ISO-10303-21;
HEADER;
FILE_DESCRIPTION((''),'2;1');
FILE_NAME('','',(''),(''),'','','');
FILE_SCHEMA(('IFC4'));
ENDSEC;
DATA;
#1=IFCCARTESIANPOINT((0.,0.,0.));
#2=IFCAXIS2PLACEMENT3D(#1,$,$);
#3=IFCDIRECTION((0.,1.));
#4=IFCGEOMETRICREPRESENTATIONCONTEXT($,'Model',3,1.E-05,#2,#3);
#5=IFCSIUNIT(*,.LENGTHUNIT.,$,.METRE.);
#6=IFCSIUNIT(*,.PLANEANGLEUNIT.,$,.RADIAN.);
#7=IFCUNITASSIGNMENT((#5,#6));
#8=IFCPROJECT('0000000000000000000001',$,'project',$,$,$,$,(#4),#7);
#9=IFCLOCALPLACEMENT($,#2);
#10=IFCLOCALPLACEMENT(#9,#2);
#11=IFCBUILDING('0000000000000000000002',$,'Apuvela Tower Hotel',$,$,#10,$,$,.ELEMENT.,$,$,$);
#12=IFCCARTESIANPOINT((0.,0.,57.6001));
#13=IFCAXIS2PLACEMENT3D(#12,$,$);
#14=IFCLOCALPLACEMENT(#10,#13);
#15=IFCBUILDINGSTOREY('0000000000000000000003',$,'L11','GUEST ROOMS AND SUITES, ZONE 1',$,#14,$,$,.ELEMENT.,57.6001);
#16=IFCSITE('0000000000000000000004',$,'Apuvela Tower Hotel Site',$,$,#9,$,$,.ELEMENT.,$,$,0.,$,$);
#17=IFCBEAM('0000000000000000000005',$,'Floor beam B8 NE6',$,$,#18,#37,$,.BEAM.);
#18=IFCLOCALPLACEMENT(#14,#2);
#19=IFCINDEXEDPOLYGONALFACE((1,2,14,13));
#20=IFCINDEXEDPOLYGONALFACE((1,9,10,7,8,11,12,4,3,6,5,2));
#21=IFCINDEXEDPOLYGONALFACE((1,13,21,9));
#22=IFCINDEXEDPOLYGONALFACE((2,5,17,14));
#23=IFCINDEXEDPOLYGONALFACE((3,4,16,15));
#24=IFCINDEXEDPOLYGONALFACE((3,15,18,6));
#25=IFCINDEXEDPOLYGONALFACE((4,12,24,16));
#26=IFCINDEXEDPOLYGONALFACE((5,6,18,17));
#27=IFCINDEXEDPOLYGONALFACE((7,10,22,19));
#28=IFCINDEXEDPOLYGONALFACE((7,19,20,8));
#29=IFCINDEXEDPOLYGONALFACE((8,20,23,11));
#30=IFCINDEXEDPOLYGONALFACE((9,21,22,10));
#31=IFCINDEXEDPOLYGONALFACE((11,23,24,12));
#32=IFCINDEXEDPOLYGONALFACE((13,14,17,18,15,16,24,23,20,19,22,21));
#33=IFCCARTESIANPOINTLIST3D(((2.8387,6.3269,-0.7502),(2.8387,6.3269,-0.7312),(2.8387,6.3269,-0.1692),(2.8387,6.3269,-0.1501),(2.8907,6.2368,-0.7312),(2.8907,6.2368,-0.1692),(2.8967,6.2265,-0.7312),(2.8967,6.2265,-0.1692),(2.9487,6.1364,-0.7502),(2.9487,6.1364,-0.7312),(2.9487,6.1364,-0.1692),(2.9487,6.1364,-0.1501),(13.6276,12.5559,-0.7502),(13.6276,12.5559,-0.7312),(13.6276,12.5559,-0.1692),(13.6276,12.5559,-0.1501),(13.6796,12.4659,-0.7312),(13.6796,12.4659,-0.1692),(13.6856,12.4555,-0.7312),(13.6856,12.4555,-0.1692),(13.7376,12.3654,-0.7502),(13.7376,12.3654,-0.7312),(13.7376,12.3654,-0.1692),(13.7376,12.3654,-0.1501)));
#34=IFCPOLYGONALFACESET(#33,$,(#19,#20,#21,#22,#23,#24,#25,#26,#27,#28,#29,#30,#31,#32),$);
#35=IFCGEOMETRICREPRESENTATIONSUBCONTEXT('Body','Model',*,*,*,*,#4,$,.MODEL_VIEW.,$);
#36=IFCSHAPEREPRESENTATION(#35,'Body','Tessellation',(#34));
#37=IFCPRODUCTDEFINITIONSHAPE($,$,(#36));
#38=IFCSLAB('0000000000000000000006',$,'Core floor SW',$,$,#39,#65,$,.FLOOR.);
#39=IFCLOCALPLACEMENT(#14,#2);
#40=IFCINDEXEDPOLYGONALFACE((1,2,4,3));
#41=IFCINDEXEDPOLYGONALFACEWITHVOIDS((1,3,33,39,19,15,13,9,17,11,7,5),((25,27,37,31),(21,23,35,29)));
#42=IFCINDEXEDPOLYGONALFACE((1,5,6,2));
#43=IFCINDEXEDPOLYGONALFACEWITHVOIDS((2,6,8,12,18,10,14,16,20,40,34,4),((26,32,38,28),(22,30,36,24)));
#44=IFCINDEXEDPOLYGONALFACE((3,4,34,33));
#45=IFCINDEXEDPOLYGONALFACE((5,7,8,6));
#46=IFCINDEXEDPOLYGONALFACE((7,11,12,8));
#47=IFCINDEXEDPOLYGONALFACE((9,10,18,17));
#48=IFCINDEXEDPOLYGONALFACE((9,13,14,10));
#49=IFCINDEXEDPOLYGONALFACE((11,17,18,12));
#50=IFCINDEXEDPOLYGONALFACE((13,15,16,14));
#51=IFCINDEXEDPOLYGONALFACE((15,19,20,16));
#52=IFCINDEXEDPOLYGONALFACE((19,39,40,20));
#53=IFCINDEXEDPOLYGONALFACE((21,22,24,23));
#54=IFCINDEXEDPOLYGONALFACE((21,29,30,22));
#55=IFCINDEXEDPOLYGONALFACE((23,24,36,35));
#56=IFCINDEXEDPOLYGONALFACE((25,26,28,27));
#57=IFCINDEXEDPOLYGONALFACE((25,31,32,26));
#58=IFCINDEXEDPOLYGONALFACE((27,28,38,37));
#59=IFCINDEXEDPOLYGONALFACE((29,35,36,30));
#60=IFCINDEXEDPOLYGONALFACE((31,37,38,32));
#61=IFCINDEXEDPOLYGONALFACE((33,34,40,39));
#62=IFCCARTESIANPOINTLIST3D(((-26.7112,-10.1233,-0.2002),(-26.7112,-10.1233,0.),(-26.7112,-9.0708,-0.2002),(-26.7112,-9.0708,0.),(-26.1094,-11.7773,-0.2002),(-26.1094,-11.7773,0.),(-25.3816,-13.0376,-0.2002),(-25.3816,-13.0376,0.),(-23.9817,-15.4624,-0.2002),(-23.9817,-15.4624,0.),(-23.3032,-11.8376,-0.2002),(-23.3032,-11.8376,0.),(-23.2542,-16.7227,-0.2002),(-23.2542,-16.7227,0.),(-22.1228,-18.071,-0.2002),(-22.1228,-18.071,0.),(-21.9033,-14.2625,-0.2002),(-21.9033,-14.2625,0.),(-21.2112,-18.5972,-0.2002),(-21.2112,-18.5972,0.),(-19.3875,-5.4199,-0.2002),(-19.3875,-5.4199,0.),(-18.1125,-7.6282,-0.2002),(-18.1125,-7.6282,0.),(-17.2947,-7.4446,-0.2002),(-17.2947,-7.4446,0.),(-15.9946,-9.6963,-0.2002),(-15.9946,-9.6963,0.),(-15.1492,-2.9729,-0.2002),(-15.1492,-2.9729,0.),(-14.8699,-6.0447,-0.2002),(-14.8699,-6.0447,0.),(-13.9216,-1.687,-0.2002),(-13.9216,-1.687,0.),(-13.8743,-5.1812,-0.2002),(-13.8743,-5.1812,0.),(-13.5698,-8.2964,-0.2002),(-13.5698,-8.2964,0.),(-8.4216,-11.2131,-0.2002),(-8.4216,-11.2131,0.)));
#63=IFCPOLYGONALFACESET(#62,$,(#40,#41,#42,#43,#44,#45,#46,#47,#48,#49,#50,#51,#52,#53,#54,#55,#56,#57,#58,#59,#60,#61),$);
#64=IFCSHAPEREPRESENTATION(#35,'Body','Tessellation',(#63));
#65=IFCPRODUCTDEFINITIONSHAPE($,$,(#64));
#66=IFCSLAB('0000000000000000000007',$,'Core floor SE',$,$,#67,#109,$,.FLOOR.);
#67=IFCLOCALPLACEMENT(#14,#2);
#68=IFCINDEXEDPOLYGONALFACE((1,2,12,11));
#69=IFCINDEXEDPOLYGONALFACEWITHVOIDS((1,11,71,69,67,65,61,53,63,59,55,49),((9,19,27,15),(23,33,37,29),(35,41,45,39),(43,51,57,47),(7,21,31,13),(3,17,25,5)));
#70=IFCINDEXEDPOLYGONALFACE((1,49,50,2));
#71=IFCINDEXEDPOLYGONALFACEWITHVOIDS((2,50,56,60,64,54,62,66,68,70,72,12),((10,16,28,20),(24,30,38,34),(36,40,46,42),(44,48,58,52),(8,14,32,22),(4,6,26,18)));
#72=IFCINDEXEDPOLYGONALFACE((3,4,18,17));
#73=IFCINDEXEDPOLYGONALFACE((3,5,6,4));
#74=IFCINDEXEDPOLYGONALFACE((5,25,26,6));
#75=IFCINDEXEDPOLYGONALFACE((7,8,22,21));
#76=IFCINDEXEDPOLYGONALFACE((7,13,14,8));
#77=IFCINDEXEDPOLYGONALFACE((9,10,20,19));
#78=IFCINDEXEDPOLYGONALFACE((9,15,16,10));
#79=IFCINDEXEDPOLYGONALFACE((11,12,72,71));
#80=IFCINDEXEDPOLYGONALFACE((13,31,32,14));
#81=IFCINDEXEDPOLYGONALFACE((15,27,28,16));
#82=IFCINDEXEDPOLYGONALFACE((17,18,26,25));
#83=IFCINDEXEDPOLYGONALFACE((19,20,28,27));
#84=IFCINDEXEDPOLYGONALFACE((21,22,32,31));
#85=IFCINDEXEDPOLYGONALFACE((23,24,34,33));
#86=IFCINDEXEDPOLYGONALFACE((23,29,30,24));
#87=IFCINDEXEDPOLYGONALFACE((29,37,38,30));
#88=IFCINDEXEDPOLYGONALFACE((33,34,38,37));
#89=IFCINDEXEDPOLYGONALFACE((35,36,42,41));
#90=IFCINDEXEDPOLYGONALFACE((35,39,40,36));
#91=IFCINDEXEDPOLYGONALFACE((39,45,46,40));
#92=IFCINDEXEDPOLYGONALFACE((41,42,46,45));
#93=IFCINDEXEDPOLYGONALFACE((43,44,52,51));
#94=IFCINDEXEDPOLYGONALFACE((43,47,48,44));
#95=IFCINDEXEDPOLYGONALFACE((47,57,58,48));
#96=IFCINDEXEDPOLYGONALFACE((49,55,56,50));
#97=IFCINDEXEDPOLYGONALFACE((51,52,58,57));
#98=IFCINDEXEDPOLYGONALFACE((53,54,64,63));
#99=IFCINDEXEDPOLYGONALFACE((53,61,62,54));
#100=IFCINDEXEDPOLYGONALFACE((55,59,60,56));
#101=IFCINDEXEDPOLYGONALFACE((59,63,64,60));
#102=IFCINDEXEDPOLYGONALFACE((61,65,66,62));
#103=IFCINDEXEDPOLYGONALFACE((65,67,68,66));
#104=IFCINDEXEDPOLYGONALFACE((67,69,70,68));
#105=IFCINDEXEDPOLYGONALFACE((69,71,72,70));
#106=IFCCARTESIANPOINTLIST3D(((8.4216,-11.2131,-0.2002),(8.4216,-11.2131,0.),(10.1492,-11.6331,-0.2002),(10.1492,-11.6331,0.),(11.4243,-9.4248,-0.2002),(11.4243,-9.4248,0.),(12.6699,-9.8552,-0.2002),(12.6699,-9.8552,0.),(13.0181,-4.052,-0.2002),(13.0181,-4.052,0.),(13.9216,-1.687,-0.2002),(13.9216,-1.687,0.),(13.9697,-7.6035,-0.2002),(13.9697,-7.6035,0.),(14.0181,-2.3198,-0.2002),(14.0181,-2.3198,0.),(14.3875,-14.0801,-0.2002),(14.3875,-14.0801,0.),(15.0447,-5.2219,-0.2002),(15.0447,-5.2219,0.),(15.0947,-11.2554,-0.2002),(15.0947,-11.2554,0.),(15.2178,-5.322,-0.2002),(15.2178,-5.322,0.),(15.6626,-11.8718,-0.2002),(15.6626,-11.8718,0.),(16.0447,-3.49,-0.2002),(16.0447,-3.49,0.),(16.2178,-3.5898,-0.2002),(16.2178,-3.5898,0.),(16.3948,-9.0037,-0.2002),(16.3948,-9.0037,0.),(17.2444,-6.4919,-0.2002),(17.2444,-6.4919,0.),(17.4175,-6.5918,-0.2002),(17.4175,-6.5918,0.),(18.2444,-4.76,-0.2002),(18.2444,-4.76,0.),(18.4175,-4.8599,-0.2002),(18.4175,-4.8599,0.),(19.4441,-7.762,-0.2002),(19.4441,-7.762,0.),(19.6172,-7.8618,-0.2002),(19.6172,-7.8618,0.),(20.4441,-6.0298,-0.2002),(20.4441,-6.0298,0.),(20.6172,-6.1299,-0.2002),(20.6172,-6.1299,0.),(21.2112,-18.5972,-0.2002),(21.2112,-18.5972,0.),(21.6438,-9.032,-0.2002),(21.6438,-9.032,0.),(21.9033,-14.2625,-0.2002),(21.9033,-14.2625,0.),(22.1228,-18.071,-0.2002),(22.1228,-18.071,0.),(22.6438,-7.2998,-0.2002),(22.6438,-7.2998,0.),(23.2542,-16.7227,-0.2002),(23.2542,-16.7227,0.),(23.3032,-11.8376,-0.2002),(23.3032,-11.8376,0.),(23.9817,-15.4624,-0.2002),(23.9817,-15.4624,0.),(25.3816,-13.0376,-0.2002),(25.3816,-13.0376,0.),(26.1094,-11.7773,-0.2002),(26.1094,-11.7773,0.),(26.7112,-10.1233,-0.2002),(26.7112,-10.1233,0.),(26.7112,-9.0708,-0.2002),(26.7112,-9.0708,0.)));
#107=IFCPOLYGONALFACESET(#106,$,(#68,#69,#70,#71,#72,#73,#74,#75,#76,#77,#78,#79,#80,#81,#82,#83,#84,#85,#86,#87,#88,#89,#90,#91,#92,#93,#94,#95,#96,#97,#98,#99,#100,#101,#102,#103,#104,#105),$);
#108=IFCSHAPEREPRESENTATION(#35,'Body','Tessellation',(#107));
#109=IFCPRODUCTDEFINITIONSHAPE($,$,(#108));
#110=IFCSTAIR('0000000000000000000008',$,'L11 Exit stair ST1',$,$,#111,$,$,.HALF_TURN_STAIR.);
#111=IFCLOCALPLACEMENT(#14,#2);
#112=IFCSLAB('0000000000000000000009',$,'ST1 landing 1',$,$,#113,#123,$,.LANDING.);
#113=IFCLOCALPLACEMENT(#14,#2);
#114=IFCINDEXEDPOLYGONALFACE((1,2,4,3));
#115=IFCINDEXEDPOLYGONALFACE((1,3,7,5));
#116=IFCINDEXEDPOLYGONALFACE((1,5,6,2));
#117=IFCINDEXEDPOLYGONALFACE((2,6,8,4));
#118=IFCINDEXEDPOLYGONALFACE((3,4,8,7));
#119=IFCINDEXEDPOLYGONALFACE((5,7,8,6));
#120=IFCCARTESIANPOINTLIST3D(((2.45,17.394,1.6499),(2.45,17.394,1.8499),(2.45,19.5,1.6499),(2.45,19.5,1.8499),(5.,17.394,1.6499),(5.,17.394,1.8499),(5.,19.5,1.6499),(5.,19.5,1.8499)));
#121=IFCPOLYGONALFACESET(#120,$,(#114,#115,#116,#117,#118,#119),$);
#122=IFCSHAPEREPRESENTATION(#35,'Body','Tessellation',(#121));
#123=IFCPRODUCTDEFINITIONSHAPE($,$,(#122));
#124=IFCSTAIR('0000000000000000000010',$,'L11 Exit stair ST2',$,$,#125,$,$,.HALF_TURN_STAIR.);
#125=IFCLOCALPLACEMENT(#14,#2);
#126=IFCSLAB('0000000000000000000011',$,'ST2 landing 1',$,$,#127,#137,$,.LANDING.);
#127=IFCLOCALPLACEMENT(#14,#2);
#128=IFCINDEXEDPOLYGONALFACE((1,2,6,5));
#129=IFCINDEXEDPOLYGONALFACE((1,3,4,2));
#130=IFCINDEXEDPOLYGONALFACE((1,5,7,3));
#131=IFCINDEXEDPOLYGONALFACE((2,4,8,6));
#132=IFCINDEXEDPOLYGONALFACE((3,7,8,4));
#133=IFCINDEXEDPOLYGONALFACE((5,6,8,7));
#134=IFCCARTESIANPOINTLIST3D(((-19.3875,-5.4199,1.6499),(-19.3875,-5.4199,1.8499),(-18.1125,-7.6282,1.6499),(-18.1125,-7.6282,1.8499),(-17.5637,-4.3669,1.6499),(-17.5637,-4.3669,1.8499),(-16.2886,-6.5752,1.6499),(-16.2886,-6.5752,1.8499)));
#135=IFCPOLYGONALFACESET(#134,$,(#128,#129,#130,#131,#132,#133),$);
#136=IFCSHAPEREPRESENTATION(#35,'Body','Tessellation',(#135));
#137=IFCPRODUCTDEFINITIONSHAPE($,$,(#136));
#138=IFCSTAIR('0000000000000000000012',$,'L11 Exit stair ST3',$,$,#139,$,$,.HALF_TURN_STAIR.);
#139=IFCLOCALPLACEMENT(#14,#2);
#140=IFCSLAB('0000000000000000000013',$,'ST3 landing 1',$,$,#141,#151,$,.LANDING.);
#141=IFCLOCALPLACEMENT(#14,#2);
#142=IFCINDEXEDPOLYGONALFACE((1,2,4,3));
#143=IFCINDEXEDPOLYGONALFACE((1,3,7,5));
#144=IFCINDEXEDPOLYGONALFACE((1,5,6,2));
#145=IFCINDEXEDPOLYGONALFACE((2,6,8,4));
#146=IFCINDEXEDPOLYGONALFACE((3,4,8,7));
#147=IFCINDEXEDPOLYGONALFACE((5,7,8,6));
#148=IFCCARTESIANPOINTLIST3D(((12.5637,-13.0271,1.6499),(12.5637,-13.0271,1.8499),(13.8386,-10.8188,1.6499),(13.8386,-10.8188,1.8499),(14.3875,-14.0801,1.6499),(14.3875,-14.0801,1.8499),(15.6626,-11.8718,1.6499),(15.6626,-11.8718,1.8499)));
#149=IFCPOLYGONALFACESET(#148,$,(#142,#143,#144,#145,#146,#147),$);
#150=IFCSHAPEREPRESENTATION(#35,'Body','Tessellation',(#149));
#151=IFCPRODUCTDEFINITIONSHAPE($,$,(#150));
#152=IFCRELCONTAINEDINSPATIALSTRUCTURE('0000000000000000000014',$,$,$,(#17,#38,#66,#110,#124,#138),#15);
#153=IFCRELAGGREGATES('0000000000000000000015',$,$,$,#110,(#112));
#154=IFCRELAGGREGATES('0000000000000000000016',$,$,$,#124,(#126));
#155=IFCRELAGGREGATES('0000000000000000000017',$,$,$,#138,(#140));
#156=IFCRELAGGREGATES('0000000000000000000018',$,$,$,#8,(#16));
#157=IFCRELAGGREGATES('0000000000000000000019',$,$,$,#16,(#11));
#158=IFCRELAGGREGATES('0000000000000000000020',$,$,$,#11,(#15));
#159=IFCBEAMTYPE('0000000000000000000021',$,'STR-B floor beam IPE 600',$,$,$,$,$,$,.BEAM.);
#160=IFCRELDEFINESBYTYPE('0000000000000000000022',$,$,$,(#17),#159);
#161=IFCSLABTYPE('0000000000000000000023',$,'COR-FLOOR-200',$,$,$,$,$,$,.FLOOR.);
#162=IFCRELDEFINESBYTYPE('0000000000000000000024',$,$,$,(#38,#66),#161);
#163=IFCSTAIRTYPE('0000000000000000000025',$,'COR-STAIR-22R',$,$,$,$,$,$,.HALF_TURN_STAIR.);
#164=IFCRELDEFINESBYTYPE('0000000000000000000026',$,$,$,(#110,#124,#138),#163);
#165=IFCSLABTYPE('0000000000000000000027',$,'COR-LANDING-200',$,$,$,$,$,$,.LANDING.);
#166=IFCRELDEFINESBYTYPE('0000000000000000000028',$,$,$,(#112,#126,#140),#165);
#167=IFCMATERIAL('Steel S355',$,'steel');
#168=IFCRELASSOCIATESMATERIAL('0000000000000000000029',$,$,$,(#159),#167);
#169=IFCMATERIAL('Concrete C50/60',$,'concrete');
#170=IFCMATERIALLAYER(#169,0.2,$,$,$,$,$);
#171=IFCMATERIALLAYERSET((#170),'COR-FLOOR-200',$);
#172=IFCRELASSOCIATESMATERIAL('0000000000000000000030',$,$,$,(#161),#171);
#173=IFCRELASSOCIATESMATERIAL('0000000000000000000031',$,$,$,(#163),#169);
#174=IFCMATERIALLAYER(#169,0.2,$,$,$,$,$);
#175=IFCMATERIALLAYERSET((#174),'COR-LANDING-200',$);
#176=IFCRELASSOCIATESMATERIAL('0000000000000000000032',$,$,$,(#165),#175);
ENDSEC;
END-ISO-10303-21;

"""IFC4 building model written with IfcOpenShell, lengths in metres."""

from ifc_helpers import new_model, si_unit, direction, frame, origin, origin_2d, place, context, subcontext, project, spatial, polyline, i_section, outline, extrude, material, layer, layer_set, material_profile, profile_set, type_object, element, aggregate, save


model = new_model("IFC4")

# Units and contexts
model_context = context("Model", 3, precision=1e-05, world=origin(), true_north=direction((0.0, 1.0)))
body_context = subcontext(model_context, "Body", "Model", "MODEL_VIEW")
ifc_project = project(units=[si_unit("LENGTHUNIT", "METRE"), si_unit("PLANEANGLEUNIT", "RADIAN")], contexts=[model_context])

# Site, building, storey
site_placement = place(None, origin())
site = spatial("IfcSite", under=ifc_project, at=site_placement, Name="Apuvela Tower Hotel Site", CompositionType="ELEMENT", RefElevation=0.0)
building_placement = place(site_placement, origin())
building = spatial("IfcBuilding", under=site, at=building_placement, Name="Apuvela Tower Hotel", CompositionType="ELEMENT")
storey_placement = place(building_placement, frame((0.0, 0.0, 57.6001)))
storey = spatial("IfcBuildingStorey", under=building, at=storey_placement, Name="L11", Description="GUEST ROOMS AND SUITES, ZONE 1", CompositionType="ELEMENT", Elevation=57.6001)

# Beam
ifc_material_1 = material(Name="Steel S355", Category="steel")
ifc_material_profile = material_profile(ifc_material_1, i_section(OverallWidth=0.22, OverallDepth=0.6001, WebThickness=0.012, FlangeThickness=0.019, at=origin_2d()), Name="IPE 600")
ifc_profile_set = profile_set([ifc_material_profile], Name="Steel S355")
beam_type = type_object("IfcBeamType", Name="STR-B floor beam IPE 600", PredefinedType="BEAM", material=ifc_profile_set)
beam_placement = place(storey_placement, frame((13.6826, 12.4607, -0.4502), z_axis=(-0.866023, -0.500005, 0.0), x_axis=(0.500005, -0.866023, 0.0)))
element("IfcBeam", 1, at=beam_placement, inside=storey, type_object=beam_type, Name="Floor beam B8 NE6", PredefinedType="BEAM", context=body_context, shape_type="SweptSolid", body=[
    extrude(i_section(OverallWidth=0.22, OverallDepth=0.6001, WebThickness=0.012, FlangeThickness=0.019, at=origin_2d()), origin(), (0.0, 0.0, 1.0), 12.458),
])

# Slabs
ifc_material_2 = material(Name="Concrete C50/60", Category="concrete")
ifc_layer_1 = layer(ifc_material_2, 0.2)
ifc_layer_set_1 = layer_set([ifc_layer_1], Name="COR-FLOOR-200")
slab_type_1 = type_object("IfcSlabType", Name="COR-FLOOR-200", PredefinedType="FLOOR", material=ifc_layer_set_1)
slab_1_placement = place(storey_placement, frame((0.0, 0.0, -0.2002)))
element("IfcSlab", 2, at=slab_1_placement, inside=storey, type_object=slab_type_1, Name="Core floor SW", PredefinedType="FLOOR", context=body_context, shape_type="SweptSolid", body=[
    extrude(outline(polyline([(-26.7112, -9.0708), (-26.7112, -10.1233), (-26.1094, -11.7773), (-25.3816, -13.0376), (-23.3032, -11.8376), (-21.9033, -14.2625), (-23.9817, -15.4624), (-23.2542, -16.7227), (-22.1228, -18.071), (-21.2112, -18.5972), (-8.4216, -11.2131), (-13.9216, -1.687), (-26.7112, -9.0708)]), holes=[polyline([(-13.8743, -5.1812), (-18.1125, -7.6282), (-19.3875, -5.4199), (-15.1492, -2.9729), (-13.8743, -5.1812)]), polyline([(-13.5698, -8.2964), (-15.9946, -9.6963), (-17.2947, -7.4446), (-14.8699, -6.0447), (-13.5698, -8.2964)])]), origin(), (0.0, 0.0, 1.0), 0.2002),
])
slab_2_placement = place(storey_placement, frame((0.0, 0.0, -0.2002)))
element("IfcSlab", 3, at=slab_2_placement, inside=storey, type_object=slab_type_1, Name="Core floor SE", PredefinedType="FLOOR", context=body_context, shape_type="SweptSolid", body=[
    extrude(outline(polyline([(21.2112, -18.5972), (22.1228, -18.071), (23.2542, -16.7227), (23.9817, -15.4624), (21.9033, -14.2625), (23.3032, -11.8376), (25.3816, -13.0376), (26.1094, -11.7773), (26.7112, -10.1233), (26.7112, -9.0708), (13.9216, -1.687), (8.4216, -11.2131), (21.2112, -18.5972)]), holes=[polyline([(13.0181, -4.052), (14.0181, -2.3198), (16.0447, -3.49), (15.0447, -5.2219), (13.0181, -4.052)]), polyline([(17.2444, -6.4919), (15.2178, -5.322), (16.2178, -3.5898), (18.2444, -4.76), (17.2444, -6.4919)]), polyline([(14.3875, -14.0801), (10.1492, -11.6331), (11.4243, -9.4248), (15.6626, -11.8718), (14.3875, -14.0801)]), polyline([(12.6699, -9.8552), (13.9697, -7.6035), (16.3948, -9.0037), (15.0947, -11.2554), (12.6699, -9.8552)]), polyline([(19.4441, -7.762), (17.4175, -6.5918), (18.4175, -4.8599), (20.4441, -6.0298), (19.4441, -7.762)]), polyline([(21.6438, -9.032), (19.6172, -7.8618), (20.6172, -6.1299), (22.6438, -7.2998), (21.6438, -9.032)])]), origin(), (0.0, 0.0, 1.0), 0.2002),
])

# Stairs, slabs
stair_type = type_object("IfcStairType", Name="COR-STAIR-22R", PredefinedType="HALF_TURN_STAIR", material=ifc_material_2)
stair_1_placement = place(storey_placement, origin())
stair_1 = element("IfcStair", 4, at=stair_1_placement, inside=storey, type_object=stair_type, Name="L11 Exit stair ST1", PredefinedType="HALF_TURN_STAIR")
ifc_layer_2 = layer(ifc_material_2, 0.2)
ifc_layer_set_2 = layer_set([ifc_layer_2], Name="COR-LANDING-200")
slab_type_2 = type_object("IfcSlabType", Name="COR-LANDING-200", PredefinedType="LANDING", material=ifc_layer_set_2)
slab_3_placement = place(storey_placement, frame((0.0, 0.0, 1.6499)))
slab_3 = element("IfcSlab", 5, at=slab_3_placement, type_object=slab_type_2, Name="ST1 landing 1", PredefinedType="LANDING", context=body_context, shape_type="SweptSolid", body=[
    extrude(outline(polyline([(5.0, 17.394), (5.0, 19.5), (2.45, 19.5), (2.45, 17.394), (5.0, 17.394)])), origin(), (0.0, 0.0, 1.0), 0.2),
])
aggregate(stair_1, [slab_3])
stair_2_placement = place(storey_placement, origin())
stair_2 = element("IfcStair", 6, at=stair_2_placement, inside=storey, type_object=stair_type, Name="L11 Exit stair ST2", PredefinedType="HALF_TURN_STAIR")
slab_4_placement = place(storey_placement, frame((0.0, 0.0, 1.6499)))
slab_4 = element("IfcSlab", 7, at=slab_4_placement, type_object=slab_type_2, Name="ST2 landing 1", PredefinedType="LANDING", context=body_context, shape_type="SweptSolid", body=[
    extrude(outline(polyline([(-17.5637, -4.3669), (-19.3875, -5.4199), (-18.1125, -7.6282), (-16.2886, -6.5752), (-17.5637, -4.3669)])), origin(), (0.0, 0.0, 1.0), 0.2),
])
aggregate(stair_2, [slab_4])
stair_3_placement = place(storey_placement, origin())
stair_3 = element("IfcStair", 8, at=stair_3_placement, inside=storey, type_object=stair_type, Name="L11 Exit stair ST3", PredefinedType="HALF_TURN_STAIR")
slab_5_placement = place(storey_placement, frame((0.0, 0.0, 1.6499)))
slab_5 = element("IfcSlab", 9, at=slab_5_placement, type_object=slab_type_2, Name="ST3 landing 1", PredefinedType="LANDING", context=body_context, shape_type="SweptSolid", body=[
    extrude(outline(polyline([(12.5637, -13.0271), (14.3875, -14.0801), (15.6626, -11.8718), (13.8386, -10.8188), (12.5637, -13.0271)])), origin(), (0.0, 0.0, 1.0), 0.2),
])
aggregate(stair_3, [slab_5])

save(model, "model.ifc")
